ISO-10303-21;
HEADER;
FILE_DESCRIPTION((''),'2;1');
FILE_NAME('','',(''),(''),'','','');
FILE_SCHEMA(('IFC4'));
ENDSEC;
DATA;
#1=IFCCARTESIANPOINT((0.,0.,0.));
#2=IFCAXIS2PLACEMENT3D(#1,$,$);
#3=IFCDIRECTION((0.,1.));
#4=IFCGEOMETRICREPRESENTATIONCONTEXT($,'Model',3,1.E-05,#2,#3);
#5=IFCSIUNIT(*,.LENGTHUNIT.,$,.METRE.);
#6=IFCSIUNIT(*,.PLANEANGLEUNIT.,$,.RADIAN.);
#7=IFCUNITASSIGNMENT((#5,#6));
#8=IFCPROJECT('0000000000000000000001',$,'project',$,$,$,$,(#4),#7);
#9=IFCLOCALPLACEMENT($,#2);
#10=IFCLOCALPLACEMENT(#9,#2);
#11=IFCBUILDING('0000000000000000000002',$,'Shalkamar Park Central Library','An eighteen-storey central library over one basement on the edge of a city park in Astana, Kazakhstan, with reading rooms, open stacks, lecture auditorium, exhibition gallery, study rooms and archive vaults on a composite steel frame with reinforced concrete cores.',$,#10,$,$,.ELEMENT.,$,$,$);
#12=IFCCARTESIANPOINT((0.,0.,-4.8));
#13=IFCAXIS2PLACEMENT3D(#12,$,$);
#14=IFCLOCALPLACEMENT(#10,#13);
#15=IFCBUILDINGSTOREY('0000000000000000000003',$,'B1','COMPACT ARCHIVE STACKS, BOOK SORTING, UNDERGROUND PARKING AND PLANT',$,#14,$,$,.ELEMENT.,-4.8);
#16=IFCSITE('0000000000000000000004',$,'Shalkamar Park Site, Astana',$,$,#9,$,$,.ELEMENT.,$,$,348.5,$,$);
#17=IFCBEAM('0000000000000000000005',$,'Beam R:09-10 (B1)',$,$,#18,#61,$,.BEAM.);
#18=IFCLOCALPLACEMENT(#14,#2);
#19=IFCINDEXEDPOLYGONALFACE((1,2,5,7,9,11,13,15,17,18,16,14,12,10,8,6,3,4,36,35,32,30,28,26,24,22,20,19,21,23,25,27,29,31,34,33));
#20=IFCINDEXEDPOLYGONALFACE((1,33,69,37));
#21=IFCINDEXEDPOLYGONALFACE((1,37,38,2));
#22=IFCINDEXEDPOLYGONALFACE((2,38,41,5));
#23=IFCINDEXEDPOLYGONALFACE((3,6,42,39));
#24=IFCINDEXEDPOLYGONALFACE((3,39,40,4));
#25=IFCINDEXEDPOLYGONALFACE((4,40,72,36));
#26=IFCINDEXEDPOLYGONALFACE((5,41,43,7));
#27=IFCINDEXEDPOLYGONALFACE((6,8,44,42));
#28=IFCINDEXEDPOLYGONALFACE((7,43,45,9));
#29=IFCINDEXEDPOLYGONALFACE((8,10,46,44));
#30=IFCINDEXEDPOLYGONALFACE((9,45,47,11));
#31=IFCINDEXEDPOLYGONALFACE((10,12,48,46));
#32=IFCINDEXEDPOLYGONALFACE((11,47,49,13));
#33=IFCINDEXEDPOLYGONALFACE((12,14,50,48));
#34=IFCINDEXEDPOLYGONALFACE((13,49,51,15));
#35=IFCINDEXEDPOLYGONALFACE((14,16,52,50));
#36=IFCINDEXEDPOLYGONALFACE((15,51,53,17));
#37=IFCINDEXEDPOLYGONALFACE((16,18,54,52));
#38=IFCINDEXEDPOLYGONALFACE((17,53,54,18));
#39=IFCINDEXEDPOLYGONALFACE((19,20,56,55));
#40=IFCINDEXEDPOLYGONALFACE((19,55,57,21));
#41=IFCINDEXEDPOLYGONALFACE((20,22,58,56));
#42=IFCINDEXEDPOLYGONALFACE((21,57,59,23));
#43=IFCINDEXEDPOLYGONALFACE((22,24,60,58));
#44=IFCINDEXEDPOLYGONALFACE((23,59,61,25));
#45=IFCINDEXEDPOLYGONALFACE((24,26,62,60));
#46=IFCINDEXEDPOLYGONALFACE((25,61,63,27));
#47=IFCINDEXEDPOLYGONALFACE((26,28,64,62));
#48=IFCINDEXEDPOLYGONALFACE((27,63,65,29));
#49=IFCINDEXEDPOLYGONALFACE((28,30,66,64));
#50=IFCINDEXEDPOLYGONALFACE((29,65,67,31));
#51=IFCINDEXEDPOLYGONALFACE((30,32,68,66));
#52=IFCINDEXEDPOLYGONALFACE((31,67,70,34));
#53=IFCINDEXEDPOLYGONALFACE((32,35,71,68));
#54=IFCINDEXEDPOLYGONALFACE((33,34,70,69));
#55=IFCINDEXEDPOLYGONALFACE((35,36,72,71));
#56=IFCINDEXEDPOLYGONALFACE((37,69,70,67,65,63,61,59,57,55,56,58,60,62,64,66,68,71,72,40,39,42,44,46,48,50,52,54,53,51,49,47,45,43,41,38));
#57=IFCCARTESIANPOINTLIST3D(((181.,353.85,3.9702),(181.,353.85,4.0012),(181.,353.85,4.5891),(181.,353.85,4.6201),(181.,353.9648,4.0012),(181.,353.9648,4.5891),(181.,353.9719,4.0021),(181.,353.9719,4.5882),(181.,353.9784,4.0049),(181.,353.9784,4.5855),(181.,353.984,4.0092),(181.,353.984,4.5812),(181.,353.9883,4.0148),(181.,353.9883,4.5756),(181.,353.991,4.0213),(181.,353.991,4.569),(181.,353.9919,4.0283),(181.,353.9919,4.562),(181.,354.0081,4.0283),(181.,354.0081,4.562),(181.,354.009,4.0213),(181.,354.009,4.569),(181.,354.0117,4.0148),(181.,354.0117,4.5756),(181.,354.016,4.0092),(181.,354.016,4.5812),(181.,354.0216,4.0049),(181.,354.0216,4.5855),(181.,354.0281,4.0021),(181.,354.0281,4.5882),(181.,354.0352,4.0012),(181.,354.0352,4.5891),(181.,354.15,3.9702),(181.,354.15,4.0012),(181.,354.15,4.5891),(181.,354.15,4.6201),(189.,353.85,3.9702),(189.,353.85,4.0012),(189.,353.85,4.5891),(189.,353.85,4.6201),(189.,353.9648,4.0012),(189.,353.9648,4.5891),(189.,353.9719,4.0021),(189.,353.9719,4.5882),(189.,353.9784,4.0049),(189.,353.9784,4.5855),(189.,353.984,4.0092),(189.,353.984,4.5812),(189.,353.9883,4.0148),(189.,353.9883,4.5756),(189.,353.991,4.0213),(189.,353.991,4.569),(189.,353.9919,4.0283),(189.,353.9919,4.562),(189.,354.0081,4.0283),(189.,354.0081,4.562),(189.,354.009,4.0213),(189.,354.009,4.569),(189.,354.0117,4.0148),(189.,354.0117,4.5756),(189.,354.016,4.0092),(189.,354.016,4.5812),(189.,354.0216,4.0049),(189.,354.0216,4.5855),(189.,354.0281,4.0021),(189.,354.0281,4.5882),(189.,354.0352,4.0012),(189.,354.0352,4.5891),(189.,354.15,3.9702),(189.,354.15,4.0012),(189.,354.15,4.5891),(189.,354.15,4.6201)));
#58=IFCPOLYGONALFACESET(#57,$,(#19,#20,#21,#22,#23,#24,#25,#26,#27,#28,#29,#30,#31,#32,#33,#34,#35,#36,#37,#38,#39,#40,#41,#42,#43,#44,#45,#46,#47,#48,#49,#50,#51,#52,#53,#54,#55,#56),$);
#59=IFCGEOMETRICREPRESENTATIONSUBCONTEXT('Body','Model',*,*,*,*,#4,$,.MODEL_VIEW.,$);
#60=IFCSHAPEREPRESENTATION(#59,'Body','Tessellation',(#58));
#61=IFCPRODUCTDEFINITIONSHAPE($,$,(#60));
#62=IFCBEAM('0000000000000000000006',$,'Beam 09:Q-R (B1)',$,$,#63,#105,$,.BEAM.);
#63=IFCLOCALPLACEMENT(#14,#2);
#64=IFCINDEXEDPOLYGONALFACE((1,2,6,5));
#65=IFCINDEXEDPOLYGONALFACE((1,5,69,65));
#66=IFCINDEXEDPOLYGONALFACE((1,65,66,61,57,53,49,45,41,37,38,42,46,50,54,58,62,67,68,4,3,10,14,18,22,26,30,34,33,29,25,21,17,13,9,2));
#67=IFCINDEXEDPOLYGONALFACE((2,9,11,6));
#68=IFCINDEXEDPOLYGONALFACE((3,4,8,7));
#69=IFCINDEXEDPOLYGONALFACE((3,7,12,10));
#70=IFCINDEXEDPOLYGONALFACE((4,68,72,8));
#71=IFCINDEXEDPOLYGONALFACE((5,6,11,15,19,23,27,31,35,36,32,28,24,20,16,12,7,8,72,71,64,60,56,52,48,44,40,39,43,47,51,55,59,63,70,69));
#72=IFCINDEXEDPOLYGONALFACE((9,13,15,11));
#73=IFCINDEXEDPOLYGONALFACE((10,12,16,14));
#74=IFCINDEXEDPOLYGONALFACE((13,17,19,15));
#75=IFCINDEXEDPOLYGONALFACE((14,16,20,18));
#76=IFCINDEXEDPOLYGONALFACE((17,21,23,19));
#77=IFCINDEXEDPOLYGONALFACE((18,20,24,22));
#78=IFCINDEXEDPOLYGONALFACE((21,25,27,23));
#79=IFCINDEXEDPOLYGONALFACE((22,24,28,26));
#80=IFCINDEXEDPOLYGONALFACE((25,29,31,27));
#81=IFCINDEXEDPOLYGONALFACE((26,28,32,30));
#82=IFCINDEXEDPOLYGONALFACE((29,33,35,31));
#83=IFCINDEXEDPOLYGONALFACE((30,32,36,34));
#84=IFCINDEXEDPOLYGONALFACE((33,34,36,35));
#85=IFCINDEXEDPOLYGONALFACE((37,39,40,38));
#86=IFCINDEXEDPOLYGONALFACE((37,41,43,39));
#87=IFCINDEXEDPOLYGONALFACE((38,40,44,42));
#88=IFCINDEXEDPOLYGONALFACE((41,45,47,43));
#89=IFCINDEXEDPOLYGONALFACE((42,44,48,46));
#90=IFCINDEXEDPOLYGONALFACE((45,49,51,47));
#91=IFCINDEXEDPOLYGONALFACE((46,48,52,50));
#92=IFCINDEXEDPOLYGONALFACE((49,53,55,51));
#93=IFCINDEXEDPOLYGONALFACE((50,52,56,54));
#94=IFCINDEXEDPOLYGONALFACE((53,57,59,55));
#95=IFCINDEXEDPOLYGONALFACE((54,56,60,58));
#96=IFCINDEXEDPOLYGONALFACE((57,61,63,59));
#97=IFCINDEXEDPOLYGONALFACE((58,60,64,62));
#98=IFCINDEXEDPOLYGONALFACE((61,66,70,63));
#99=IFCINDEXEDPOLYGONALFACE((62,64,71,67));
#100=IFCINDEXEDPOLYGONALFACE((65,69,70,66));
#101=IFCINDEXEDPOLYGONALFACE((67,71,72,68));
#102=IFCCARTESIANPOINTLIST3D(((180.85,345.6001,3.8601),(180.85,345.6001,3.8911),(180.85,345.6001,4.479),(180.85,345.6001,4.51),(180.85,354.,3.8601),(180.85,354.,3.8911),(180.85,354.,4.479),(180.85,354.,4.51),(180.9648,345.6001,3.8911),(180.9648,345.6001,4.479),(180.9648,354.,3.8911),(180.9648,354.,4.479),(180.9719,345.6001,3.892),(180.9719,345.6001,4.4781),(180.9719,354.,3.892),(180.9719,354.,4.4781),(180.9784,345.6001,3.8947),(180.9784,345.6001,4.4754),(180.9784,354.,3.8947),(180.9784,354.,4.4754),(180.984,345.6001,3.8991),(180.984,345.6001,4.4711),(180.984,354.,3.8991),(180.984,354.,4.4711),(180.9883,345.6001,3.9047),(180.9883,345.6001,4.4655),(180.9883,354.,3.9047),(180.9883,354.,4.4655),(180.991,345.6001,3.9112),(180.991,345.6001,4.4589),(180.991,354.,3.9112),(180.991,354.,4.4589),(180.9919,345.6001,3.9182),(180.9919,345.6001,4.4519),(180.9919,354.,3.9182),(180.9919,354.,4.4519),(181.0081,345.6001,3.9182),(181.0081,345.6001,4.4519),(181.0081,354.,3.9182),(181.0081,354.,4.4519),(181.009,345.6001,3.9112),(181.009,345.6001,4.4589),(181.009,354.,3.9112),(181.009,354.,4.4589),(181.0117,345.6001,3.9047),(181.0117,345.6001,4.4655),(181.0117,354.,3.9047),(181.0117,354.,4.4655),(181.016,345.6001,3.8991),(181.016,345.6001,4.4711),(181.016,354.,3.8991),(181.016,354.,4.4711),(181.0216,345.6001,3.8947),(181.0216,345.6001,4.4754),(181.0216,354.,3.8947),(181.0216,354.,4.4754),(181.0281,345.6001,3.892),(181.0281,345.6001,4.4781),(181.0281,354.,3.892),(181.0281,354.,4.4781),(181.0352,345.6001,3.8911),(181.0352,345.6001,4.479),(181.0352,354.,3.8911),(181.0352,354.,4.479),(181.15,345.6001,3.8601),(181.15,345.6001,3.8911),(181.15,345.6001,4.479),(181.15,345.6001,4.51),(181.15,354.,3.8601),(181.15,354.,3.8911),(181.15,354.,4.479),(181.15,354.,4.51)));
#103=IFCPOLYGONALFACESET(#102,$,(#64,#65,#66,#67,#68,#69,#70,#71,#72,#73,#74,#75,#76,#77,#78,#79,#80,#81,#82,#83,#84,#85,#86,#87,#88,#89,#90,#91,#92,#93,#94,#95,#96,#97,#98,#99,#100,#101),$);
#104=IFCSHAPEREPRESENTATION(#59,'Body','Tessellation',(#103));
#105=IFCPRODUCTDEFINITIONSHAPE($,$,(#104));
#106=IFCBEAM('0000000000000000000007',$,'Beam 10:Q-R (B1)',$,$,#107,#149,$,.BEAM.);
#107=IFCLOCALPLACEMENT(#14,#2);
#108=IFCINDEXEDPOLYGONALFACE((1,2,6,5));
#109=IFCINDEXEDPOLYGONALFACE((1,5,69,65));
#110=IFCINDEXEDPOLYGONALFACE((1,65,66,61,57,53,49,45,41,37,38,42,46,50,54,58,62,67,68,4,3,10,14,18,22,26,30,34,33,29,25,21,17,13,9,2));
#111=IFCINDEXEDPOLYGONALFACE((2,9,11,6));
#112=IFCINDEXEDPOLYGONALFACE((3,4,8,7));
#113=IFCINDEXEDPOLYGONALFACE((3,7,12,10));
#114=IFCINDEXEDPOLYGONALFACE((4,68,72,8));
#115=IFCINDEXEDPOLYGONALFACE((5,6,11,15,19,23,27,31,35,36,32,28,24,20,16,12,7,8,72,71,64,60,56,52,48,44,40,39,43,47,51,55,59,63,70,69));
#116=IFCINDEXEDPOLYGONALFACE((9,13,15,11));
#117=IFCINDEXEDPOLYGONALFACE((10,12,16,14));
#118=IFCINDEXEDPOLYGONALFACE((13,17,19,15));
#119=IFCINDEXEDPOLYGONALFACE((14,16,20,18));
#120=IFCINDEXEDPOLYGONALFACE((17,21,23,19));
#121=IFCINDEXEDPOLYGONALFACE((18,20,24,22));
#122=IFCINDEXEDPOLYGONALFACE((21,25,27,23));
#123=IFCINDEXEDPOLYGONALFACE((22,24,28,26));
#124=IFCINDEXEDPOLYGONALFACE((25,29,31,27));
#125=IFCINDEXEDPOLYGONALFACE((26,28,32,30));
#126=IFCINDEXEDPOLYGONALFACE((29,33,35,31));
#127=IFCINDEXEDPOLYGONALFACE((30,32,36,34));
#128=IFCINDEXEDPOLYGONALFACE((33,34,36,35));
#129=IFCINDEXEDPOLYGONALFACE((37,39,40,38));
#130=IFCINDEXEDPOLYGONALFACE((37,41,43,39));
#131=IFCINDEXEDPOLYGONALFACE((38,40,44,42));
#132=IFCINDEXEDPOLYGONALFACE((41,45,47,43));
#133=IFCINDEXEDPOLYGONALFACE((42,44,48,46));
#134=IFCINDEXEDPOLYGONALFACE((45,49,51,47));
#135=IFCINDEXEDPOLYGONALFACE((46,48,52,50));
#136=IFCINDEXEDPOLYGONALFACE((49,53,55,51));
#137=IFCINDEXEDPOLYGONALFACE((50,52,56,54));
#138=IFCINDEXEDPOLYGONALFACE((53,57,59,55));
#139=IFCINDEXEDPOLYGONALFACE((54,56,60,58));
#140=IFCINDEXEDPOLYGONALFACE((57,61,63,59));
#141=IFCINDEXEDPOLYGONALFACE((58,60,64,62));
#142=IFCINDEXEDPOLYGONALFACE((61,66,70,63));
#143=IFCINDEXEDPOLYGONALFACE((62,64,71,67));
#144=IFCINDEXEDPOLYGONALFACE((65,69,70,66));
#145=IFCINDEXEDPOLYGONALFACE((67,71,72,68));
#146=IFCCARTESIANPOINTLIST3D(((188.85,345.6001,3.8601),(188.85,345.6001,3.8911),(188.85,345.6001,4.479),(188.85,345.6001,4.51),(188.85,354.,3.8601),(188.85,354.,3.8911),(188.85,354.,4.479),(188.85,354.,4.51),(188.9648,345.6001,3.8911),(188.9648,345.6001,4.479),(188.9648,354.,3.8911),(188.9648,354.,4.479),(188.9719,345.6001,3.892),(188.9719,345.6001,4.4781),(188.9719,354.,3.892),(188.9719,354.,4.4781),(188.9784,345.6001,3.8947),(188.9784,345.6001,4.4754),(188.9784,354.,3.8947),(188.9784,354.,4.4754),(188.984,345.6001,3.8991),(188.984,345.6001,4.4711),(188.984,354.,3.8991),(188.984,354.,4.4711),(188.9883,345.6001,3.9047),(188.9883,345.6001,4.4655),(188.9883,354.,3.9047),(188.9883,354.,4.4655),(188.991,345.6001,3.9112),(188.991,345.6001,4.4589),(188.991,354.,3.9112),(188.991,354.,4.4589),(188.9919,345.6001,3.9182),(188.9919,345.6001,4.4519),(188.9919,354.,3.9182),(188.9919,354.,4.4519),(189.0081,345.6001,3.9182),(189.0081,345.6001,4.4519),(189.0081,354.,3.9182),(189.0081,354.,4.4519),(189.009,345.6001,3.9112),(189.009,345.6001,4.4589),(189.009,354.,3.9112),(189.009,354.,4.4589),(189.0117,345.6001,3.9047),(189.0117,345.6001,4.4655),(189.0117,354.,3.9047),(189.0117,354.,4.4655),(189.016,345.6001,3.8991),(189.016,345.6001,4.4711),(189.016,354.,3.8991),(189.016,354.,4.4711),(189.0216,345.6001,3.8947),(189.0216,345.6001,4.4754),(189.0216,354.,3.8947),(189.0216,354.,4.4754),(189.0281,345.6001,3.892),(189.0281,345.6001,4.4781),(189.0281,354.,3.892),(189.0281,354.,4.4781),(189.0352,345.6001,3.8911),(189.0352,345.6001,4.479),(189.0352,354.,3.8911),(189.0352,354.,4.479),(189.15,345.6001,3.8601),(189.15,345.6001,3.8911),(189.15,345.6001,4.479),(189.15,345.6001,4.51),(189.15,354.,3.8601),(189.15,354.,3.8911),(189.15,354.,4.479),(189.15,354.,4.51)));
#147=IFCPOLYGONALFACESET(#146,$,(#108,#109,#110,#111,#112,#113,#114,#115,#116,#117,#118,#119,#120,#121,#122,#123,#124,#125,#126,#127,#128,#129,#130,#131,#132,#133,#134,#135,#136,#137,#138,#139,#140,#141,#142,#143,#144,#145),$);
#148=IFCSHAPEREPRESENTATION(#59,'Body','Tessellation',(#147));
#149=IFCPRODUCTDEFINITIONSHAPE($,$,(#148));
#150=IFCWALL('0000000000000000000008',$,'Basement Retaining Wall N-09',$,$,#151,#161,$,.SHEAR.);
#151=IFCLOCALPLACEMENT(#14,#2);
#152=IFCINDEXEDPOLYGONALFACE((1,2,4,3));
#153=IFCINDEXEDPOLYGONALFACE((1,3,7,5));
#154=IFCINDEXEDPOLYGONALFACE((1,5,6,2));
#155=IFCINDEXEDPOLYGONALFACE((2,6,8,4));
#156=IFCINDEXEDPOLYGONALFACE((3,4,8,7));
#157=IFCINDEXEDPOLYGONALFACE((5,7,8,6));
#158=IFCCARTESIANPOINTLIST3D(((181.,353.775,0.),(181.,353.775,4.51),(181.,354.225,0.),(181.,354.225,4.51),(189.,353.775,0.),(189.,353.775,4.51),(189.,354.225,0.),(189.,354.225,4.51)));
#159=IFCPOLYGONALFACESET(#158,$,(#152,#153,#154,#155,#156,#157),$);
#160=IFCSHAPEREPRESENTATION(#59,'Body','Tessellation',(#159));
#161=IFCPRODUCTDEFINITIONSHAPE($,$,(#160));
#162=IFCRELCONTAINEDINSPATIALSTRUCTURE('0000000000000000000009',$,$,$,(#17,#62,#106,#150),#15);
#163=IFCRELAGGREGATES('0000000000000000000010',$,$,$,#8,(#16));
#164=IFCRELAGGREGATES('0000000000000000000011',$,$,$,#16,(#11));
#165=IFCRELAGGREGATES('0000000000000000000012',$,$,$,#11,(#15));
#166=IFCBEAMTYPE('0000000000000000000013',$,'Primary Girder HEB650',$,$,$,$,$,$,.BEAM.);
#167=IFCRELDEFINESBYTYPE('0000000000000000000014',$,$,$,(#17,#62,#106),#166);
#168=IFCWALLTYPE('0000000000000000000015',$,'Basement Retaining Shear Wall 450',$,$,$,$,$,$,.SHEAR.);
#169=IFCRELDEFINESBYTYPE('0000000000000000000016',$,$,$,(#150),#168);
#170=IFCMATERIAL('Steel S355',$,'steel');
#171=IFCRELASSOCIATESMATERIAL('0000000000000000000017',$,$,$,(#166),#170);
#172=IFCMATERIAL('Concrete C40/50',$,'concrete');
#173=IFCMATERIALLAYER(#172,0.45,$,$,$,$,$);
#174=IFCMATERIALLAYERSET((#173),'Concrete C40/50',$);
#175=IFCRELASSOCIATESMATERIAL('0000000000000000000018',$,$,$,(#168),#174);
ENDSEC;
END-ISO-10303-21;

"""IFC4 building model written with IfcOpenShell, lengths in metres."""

from ifc_helpers import new_model, si_unit, direction, frame, frame_2d, origin, origin_2d, place, context, subcontext, project, spatial, rectangle, i_section, extrude, material, layer, layer_set, material_profile, profile_set, type_object, element, save


model = new_model("IFC4")

# Units and contexts
model_context = context("Model", 3, precision=1e-05, world=origin(), true_north=direction((0.0, 1.0)))
body_context = subcontext(model_context, "Body", "Model", "MODEL_VIEW")
ifc_project = project(units=[si_unit("LENGTHUNIT", "METRE"), si_unit("PLANEANGLEUNIT", "RADIAN")], contexts=[model_context])

# Site, building, storey
site_placement = place(None, origin())
site = spatial("IfcSite", under=ifc_project, at=site_placement, Name="Shalkamar Park Site, Astana", CompositionType="ELEMENT", RefElevation=348.5)
building_placement = place(site_placement, origin())
building = spatial("IfcBuilding", under=site, at=building_placement, Name="Shalkamar Park Central Library", Description="An eighteen-storey central library over one basement on the edge of a city park in Astana, Kazakhstan, with reading rooms, open stacks, lecture auditorium, exhibition gallery, study rooms and archive vaults on a composite steel frame with reinforced concrete cores.", CompositionType="ELEMENT")
storey_placement = place(building_placement, frame((0.0, 0.0, -4.8)))
storey = spatial("IfcBuildingStorey", under=building, at=storey_placement, Name="B1", Description="COMPACT ARCHIVE STACKS, BOOK SORTING, UNDERGROUND PARKING AND PLANT", CompositionType="ELEMENT", Elevation=-4.8)

# Shared definitions
ifc_material_1 = material(Name="Concrete C40/50", Category="concrete")
ifc_material_2 = material(Name="Steel S355", Category="steel")

# Beams
ifc_material_profile_1 = material_profile(ifc_material_2, i_section(OverallWidth=0.3, OverallDepth=0.6499, WebThickness=0.0161, FlangeThickness=0.031, FilletRadius=0.0271, at=origin_2d()), Name="HEB 650")
ifc_profile_set_1 = profile_set([ifc_material_profile_1], Name="Steel S355")
beam_type_1 = type_object("IfcBeamType", Name="Primary Girder HEB650", PredefinedType="BEAM", material=ifc_profile_set_1)
for number, where, z_axis, x_axis, name in (
    (1, (181.0, 354.0, 4.2952), (1.0, 0.0, 0.0), (0.0, 1.0, 0.0), "Beam R:09-10 (B1)"),
):
    element("IfcBeam", number, at=place(storey_placement, frame(where, z_axis=z_axis, x_axis=x_axis)), inside=storey, type_object=beam_type_1, Name=name, PredefinedType="BEAM", context=body_context, shape_type="SweptSolid", body=[
        extrude(i_section(OverallWidth=0.3, OverallDepth=0.6499, WebThickness=0.0161, FlangeThickness=0.031, FilletRadius=0.0271, at=origin_2d()), origin(), (0.0, 0.0, 1.0), 8.0),
    ])
for number, where, z_axis, x_axis, name in (
    (2, (181.0, 345.6001, 4.1851), (0.0, 1.0, 0.0), (-1.0, 0.0, 0.0), "Beam 09:Q-R (B1)"),
    (3, (189.0, 345.6001, 4.1851), (0.0, 1.0, 0.0), (-1.0, 0.0, 0.0), "Beam 10:Q-R (B1)"),
):
    element("IfcBeam", number, at=place(storey_placement, frame(where, z_axis=z_axis, x_axis=x_axis)), inside=storey, type_object=beam_type_1, Name=name, PredefinedType="BEAM", context=body_context, shape_type="SweptSolid", body=[
        extrude(i_section(OverallWidth=0.3, OverallDepth=0.6499, WebThickness=0.0161, FlangeThickness=0.031, FilletRadius=0.0271, at=origin_2d()), origin(), (0.0, 0.0, 1.0), 8.3999),
    ])

# Wall
ifc_layer = layer(ifc_material_1, 0.45)
ifc_layer_set = layer_set([ifc_layer], Name="Concrete C40/50")
wall_type = type_object("IfcWallType", Name="Basement Retaining Shear Wall 450", PredefinedType="SHEAR", material=ifc_layer_set)
wall_placement = place(storey_placement, frame((181.0, 354.0, 0.0), z_axis=(0.0, 0.0, 1.0), x_axis=(1.0, 0.0, 0.0)))
element("IfcWall", 4, at=wall_placement, inside=storey, type_object=wall_type, Name="Basement Retaining Wall N-09", PredefinedType="SHEAR", context=body_context, shape_type="SweptSolid", body=[
    extrude(rectangle(XDim=8.0, YDim=0.45, at=frame_2d((4.0, 0.0))), origin(), (0.0, 0.0, 1.0), 4.51),
])

save(model, "model.ifc")
